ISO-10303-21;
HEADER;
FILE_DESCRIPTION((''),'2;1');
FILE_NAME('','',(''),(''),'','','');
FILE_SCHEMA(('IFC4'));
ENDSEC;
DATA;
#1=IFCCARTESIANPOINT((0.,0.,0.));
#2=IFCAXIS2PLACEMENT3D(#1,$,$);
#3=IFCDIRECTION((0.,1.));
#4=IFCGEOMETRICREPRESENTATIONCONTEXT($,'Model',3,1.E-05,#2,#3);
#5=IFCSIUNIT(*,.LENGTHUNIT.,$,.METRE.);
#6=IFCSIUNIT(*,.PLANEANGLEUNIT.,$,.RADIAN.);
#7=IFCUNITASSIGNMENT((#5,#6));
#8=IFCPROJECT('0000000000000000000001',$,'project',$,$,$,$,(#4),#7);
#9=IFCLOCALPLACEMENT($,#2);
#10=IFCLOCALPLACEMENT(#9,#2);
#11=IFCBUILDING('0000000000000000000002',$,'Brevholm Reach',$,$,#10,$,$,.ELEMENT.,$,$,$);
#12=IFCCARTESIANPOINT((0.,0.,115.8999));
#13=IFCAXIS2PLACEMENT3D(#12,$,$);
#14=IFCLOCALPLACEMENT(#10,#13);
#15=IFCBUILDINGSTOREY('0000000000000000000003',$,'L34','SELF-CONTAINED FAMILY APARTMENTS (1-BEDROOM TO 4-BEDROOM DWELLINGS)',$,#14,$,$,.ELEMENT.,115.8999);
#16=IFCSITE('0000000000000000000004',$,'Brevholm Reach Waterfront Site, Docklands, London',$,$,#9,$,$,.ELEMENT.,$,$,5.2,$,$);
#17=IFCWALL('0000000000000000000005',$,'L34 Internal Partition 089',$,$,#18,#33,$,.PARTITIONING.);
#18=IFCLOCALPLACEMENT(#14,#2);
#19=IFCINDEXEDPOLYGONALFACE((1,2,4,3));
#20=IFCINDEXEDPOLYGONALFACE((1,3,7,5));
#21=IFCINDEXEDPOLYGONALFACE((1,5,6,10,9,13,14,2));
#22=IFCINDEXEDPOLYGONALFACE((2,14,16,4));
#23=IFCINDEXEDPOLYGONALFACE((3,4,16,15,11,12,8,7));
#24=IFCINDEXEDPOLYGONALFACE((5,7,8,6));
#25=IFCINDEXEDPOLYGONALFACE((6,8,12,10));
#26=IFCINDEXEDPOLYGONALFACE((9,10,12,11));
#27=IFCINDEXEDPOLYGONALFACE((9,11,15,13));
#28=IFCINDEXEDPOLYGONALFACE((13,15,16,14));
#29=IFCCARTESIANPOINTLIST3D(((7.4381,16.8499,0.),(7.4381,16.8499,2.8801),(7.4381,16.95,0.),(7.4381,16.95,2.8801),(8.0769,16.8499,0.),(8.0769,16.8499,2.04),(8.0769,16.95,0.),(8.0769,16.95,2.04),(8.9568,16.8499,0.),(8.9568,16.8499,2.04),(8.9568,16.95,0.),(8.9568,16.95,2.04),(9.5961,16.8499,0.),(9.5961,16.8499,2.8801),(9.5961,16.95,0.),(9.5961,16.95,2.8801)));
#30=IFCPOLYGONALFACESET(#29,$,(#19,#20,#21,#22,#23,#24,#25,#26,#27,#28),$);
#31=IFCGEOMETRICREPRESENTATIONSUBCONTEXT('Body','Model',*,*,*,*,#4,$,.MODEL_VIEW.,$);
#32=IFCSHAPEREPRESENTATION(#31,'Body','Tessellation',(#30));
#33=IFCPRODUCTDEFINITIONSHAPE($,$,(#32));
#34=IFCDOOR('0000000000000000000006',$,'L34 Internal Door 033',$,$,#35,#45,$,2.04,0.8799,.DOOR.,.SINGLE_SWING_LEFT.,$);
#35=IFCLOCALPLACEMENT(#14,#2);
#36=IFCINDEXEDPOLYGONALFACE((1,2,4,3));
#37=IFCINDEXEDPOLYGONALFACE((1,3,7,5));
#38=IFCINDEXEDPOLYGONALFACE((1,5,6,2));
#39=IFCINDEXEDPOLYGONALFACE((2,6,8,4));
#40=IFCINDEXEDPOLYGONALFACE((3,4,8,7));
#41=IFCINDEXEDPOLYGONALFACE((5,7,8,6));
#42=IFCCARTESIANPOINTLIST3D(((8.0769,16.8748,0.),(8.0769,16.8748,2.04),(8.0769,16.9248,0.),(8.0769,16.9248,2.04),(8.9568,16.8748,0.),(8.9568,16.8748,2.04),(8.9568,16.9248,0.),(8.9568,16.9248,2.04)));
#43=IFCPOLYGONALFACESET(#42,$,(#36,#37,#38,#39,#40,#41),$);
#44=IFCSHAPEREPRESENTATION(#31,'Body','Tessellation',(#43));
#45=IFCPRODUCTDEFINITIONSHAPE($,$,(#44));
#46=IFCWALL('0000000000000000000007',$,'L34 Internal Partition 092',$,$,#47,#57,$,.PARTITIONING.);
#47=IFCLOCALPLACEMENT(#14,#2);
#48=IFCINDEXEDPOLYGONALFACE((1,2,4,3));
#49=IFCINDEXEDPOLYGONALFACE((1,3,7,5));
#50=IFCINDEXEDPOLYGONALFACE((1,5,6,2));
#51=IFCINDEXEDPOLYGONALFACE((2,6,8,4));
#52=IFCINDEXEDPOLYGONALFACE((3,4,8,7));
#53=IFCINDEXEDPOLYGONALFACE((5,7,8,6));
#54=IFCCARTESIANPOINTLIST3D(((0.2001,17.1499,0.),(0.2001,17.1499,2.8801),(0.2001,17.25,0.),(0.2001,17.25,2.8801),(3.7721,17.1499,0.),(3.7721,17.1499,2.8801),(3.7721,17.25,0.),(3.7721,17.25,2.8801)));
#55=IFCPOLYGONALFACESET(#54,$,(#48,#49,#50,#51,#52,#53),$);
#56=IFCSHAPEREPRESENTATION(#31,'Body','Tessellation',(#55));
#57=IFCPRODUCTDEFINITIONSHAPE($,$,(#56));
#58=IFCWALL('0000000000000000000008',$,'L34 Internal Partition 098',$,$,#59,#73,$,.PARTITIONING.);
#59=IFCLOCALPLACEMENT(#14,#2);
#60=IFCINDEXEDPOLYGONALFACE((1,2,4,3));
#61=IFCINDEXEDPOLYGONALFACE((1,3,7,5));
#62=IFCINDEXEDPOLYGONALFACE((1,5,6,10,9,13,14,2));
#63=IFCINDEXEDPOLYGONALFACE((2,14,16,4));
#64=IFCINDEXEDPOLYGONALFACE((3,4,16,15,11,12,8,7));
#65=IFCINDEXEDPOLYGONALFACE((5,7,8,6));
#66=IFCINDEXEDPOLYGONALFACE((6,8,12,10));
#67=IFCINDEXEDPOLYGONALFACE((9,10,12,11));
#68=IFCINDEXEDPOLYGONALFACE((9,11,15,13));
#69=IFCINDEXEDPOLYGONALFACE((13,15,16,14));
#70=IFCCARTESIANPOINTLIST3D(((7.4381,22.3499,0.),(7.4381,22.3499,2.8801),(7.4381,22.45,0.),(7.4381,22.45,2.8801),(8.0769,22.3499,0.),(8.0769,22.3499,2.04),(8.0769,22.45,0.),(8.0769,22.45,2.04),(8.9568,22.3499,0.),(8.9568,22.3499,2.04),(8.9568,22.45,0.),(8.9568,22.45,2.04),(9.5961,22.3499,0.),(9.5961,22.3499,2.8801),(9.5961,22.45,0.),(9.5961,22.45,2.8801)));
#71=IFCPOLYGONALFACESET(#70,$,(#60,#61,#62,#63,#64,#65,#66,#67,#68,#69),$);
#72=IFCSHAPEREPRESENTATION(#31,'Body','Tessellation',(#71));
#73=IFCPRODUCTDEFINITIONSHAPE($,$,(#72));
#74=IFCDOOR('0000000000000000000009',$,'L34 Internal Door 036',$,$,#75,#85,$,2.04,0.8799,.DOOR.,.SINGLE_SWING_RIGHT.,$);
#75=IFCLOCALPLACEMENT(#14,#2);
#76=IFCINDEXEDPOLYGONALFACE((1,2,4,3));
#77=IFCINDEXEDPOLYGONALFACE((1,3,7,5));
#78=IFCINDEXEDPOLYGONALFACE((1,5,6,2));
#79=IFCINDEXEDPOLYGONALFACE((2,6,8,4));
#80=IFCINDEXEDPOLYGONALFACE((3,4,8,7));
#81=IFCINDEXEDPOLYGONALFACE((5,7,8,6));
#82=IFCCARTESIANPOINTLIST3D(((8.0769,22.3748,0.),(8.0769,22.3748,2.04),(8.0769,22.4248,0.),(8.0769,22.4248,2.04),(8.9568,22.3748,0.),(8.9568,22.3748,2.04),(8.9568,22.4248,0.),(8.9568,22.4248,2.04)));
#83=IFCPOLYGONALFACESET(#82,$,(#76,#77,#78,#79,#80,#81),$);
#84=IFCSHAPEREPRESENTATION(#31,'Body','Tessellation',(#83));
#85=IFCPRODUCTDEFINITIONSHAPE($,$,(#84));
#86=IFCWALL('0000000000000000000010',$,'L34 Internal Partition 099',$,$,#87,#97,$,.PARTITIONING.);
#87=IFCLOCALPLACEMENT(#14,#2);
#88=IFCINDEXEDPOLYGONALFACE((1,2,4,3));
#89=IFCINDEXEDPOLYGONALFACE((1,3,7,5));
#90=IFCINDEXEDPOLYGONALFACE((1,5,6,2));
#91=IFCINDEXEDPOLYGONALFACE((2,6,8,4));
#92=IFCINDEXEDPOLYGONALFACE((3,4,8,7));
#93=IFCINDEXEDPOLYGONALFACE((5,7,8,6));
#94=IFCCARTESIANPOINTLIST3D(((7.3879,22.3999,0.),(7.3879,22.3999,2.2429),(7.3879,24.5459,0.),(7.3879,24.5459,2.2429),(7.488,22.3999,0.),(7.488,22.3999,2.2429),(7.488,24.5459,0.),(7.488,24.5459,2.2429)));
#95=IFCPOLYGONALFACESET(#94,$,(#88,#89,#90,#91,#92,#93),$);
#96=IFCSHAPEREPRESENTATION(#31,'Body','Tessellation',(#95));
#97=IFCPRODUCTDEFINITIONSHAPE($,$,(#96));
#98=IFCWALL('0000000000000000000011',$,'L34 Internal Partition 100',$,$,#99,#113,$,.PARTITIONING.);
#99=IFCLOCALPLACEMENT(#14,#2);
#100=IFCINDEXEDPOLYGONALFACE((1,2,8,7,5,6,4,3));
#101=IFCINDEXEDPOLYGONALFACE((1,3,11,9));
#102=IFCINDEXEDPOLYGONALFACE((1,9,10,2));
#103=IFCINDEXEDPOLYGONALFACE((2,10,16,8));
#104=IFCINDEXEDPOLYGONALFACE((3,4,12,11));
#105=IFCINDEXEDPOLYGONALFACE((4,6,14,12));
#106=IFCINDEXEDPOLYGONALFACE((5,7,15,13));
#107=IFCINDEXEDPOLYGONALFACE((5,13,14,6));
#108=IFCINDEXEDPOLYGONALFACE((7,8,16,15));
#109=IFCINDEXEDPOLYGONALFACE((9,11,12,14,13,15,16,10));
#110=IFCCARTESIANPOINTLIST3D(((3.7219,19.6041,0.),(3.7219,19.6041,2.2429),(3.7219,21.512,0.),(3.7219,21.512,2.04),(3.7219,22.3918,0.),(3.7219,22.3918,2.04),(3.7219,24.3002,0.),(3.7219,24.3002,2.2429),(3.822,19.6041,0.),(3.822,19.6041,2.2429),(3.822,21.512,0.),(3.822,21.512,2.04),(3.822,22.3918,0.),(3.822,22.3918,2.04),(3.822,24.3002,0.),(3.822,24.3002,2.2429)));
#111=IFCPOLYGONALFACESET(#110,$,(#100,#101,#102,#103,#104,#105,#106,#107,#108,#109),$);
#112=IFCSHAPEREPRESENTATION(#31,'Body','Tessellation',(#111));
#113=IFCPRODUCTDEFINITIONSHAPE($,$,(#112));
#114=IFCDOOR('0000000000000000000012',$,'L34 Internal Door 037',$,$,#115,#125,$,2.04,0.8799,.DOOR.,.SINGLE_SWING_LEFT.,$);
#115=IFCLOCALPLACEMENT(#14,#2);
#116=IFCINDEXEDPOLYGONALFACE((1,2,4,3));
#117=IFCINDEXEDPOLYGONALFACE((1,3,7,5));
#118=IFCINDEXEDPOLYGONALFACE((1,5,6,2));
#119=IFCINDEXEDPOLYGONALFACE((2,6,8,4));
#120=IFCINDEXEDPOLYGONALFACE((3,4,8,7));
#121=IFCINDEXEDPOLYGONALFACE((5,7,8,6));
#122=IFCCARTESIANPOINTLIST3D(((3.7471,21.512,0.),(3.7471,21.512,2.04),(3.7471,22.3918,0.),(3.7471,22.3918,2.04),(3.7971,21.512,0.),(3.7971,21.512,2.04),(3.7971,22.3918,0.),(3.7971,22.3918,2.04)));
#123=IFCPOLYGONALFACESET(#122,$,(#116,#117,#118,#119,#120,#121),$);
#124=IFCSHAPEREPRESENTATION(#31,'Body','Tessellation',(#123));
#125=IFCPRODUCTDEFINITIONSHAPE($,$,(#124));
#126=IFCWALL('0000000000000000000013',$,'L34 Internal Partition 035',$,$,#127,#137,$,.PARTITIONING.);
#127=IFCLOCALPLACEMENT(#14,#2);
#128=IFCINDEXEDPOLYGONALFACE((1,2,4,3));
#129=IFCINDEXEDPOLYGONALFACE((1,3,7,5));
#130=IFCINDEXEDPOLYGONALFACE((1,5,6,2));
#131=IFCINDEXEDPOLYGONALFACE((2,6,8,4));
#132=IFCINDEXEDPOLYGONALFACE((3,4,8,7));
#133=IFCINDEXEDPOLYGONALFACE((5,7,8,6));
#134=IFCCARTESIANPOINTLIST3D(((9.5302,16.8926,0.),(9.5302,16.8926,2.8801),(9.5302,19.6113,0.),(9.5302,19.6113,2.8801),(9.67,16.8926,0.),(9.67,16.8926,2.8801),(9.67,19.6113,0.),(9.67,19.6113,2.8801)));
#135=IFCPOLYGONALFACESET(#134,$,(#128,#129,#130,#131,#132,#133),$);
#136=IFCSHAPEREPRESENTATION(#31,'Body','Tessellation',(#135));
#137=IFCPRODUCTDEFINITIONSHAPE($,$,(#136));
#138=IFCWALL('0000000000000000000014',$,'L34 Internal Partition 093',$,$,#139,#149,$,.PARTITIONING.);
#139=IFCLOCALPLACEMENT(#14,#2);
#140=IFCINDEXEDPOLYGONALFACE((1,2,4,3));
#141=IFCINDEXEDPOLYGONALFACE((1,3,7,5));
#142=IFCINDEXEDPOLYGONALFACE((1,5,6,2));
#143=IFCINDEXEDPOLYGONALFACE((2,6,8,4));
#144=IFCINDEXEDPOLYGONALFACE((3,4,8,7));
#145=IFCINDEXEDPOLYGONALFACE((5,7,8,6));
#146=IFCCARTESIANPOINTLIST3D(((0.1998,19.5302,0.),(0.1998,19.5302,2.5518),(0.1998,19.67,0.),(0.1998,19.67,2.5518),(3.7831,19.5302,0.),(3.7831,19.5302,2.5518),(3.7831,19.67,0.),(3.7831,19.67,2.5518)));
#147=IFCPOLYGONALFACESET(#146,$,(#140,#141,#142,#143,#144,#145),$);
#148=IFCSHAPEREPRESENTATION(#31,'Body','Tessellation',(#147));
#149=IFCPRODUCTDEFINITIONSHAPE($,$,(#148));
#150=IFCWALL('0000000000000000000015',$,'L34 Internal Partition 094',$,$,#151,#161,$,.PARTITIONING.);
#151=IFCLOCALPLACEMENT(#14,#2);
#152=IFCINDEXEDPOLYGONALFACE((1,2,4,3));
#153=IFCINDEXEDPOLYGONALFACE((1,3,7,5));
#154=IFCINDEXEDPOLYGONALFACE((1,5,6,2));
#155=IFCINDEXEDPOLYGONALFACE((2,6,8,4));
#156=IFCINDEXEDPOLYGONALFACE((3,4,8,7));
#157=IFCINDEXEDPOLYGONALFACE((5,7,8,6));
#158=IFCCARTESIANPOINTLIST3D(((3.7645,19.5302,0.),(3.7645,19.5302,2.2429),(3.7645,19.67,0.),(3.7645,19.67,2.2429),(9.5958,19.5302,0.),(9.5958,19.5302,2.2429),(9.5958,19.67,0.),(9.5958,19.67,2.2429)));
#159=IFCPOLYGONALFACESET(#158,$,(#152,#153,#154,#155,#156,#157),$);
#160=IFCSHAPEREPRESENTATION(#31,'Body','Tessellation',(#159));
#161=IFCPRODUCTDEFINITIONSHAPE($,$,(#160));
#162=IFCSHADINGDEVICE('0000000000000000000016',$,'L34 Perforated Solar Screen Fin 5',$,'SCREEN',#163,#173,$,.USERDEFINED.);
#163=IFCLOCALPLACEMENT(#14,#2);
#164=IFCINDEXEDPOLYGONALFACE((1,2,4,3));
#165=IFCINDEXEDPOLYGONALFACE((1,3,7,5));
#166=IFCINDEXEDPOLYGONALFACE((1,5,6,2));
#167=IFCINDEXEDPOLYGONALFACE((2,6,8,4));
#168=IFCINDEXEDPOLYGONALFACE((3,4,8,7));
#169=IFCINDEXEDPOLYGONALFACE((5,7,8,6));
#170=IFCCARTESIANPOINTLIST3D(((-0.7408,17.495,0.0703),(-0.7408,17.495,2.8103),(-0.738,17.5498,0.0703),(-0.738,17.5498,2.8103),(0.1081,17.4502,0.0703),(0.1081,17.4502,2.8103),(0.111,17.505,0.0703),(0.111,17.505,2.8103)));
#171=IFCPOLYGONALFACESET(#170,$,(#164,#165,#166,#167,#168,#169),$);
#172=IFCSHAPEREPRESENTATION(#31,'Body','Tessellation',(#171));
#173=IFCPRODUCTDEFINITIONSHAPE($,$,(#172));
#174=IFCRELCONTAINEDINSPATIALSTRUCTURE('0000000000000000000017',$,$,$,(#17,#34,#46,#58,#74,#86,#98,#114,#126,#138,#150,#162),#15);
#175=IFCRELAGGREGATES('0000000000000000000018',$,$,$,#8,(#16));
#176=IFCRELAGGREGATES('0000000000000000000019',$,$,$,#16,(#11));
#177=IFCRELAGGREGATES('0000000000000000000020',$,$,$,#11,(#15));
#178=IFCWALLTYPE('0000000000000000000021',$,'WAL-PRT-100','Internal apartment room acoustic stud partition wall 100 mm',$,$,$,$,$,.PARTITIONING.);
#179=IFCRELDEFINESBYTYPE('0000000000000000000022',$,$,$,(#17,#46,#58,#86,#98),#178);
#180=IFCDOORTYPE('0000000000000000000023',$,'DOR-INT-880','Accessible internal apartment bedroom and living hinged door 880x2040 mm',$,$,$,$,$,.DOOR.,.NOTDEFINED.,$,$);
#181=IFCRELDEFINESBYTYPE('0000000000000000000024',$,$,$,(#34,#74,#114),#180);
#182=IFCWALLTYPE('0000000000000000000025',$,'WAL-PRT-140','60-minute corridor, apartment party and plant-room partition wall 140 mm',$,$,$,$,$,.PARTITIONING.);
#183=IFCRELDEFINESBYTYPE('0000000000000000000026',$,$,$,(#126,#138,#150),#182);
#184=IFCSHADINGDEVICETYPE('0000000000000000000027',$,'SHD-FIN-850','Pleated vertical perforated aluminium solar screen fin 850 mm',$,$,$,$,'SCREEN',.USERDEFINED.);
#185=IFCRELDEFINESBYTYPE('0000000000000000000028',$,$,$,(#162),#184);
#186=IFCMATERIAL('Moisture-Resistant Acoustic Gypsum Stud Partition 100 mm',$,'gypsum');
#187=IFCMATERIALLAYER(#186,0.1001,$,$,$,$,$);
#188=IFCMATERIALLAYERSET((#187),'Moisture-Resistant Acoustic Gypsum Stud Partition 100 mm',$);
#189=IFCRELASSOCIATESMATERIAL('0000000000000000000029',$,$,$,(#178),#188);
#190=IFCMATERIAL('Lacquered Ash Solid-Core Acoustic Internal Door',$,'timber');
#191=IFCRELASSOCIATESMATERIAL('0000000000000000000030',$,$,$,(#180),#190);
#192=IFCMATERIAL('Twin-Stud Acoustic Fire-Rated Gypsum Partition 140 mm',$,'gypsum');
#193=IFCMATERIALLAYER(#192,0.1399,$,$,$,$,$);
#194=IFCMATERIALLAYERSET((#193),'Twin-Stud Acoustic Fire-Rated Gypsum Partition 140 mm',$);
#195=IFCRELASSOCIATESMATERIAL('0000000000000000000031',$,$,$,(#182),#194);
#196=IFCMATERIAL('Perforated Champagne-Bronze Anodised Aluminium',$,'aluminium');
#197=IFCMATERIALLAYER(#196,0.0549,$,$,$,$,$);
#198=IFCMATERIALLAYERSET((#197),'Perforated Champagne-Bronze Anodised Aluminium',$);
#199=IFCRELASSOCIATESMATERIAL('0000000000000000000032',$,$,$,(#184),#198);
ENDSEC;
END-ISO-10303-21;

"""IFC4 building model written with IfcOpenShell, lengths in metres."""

from ifc_helpers import new_model, si_unit, direction, frame, frame_2d, origin, origin_2d, place, context, subcontext, project, spatial, rectangle, extrude, material, layer, layer_set, type_object, element, fill, save


model = new_model("IFC4")

# Units and contexts
model_context = context("Model", 3, precision=1e-05, world=origin(), true_north=direction((0.0, 1.0)))
body_context = subcontext(model_context, "Body", "Model", "MODEL_VIEW")
ifc_project = project(units=[si_unit("LENGTHUNIT", "METRE"), si_unit("PLANEANGLEUNIT", "RADIAN")], contexts=[model_context])

# Site, building, storey
site_placement = place(None, origin())
site = spatial("IfcSite", under=ifc_project, at=site_placement, Name="Brevholm Reach Waterfront Site, Docklands, London", CompositionType="ELEMENT", RefElevation=5.2)
building_placement = place(site_placement, origin())
building = spatial("IfcBuilding", under=site, at=building_placement, Name="Brevholm Reach", CompositionType="ELEMENT")
storey_placement = place(building_placement, frame((0.0, 0.0, 115.8999)))
storey = spatial("IfcBuildingStorey", under=building, at=storey_placement, Name="L34", Description="SELF-CONTAINED FAMILY APARTMENTS (1-BEDROOM TO 4-BEDROOM DWELLINGS)", CompositionType="ELEMENT", Elevation=115.8999)

# Wall, opening, door
ifc_material_1 = material(Name="Moisture-Resistant Acoustic Gypsum Stud Partition 100 mm", Category="gypsum")
ifc_layer_1 = layer(ifc_material_1, 0.1001)
ifc_layer_set_1 = layer_set([ifc_layer_1], Name="Moisture-Resistant Acoustic Gypsum Stud Partition 100 mm")
wall_type_1 = type_object("IfcWallType", Name="WAL-PRT-100", Description="Internal apartment room acoustic stud partition wall 100 mm", PredefinedType="PARTITIONING", material=ifc_layer_set_1)
wall_1_placement = place(storey_placement, frame((7.438, 16.8999, 0.0), z_axis=(0.0, 0.0, 1.0), x_axis=(1.0, 0.0, 0.0)))
wall_1 = element("IfcWall", 1, at=wall_1_placement, inside=storey, type_object=wall_type_1, Name="L34 Internal Partition 089", PredefinedType="PARTITIONING", context=body_context, shape_type="SweptSolid", body=[
    extrude(rectangle(XDim=2.158, YDim=0.1001, at=frame_2d((1.0791, 0.0))), origin(), (0.0, 0.0, 1.0), 2.8801),
])
opening_1_placement = place(wall_1_placement, frame((0.6389, 0.0, 0.0)))
opening_1 = element("IfcOpeningElement", 2, at=opening_1_placement, cuts=wall_1, PredefinedType="OPENING", context=body_context, shape_type="SweptSolid", body=[
    extrude(rectangle(XDim=0.8799, YDim=2.04, at=frame_2d((0.4399, 1.02))), frame((0.0, 0.0601, 0.0), z_axis=(0.0, -1.0, 0.0), x_axis=(1.0, 0.0, 0.0)), (0.0, 0.0, 1.0), 0.1201),
])
ifc_material_2 = material(Name="Lacquered Ash Solid-Core Acoustic Internal Door", Category="timber")
door_type = type_object("IfcDoorType", Name="DOR-INT-880", Description="Accessible internal apartment bedroom and living hinged door 880x2040 mm", OperationType="NOTDEFINED", PredefinedType="DOOR", material=ifc_material_2)
door_1_placement = place(opening_1_placement, origin())
door_1 = element("IfcDoor", 3, at=door_1_placement, inside=storey, type_object=door_type, Name="L34 Internal Door 033", OperationType="SINGLE_SWING_LEFT", OverallHeight=2.04, OverallWidth=0.8799, PredefinedType="DOOR", context=body_context, shape_type="SweptSolid", body=[
    extrude(rectangle(XDim=0.8799, YDim=2.04, at=frame_2d((0.4399, 1.02))), frame((0.0, 0.0249, 0.0), z_axis=(0.0, -1.0, 0.0), x_axis=(1.0, 0.0, 0.0)), (0.0, 0.0, 1.0), 0.05),
])
fill(opening_1, door_1)

# Wall
wall_2_placement = place(storey_placement, frame((0.2, 17.2, 0.0), z_axis=(0.0, 0.0, 1.0), x_axis=(1.0, 0.0, 0.0)))
element("IfcWall", 4, at=wall_2_placement, inside=storey, type_object=wall_type_1, Name="L34 Internal Partition 092", PredefinedType="PARTITIONING", context=body_context, shape_type="SweptSolid", body=[
    extrude(rectangle(XDim=3.572, YDim=0.1001, at=frame_2d((1.7861, 0.0))), origin(), (0.0, 0.0, 1.0), 2.8801),
])

# Wall, opening, door
wall_3_placement = place(storey_placement, frame((7.438, 22.3999, 0.0), z_axis=(0.0, 0.0, 1.0), x_axis=(1.0, 0.0, 0.0)))
wall_3 = element("IfcWall", 5, at=wall_3_placement, inside=storey, type_object=wall_type_1, Name="L34 Internal Partition 098", PredefinedType="PARTITIONING", context=body_context, shape_type="SweptSolid", body=[
    extrude(rectangle(XDim=2.158, YDim=0.1001, at=frame_2d((1.0791, 0.0))), origin(), (0.0, 0.0, 1.0), 2.8801),
])
opening_2_placement = place(wall_3_placement, frame((0.6389, 0.0, 0.0)))
opening_2 = element("IfcOpeningElement", 6, at=opening_2_placement, cuts=wall_3, PredefinedType="OPENING", context=body_context, shape_type="SweptSolid", body=[
    extrude(rectangle(XDim=0.8799, YDim=2.04, at=frame_2d((0.4399, 1.02))), frame((0.0, 0.0601, 0.0), z_axis=(0.0, -1.0, 0.0), x_axis=(1.0, 0.0, 0.0)), (0.0, 0.0, 1.0), 0.1201),
])
door_2_placement = place(opening_2_placement, origin())
door_2 = element("IfcDoor", 7, at=door_2_placement, inside=storey, type_object=door_type, Name="L34 Internal Door 036", OperationType="SINGLE_SWING_RIGHT", OverallHeight=2.04, OverallWidth=0.8799, PredefinedType="DOOR", context=body_context, shape_type="SweptSolid", body=[
    extrude(rectangle(XDim=0.8799, YDim=2.04, at=frame_2d((0.4399, 1.02))), frame((0.0, 0.0249, 0.0), z_axis=(0.0, -1.0, 0.0), x_axis=(1.0, 0.0, 0.0)), (0.0, 0.0, 1.0), 0.05),
])
fill(opening_2, door_2)

# Wall
wall_4_placement = place(storey_placement, frame((7.438, 22.3999, 0.0), z_axis=(0.0, 0.0, 1.0), x_axis=(0.0, 1.0, 0.0)))
element("IfcWall", 8, at=wall_4_placement, inside=storey, type_object=wall_type_1, Name="L34 Internal Partition 099", PredefinedType="PARTITIONING", context=body_context, shape_type="SweptSolid", body=[
    extrude(rectangle(XDim=2.146, YDim=0.1001, at=frame_2d((1.073, 0.0))), origin(), (0.0, 0.0, 1.0), 2.2429),
])

# Wall, opening, door
wall_5_placement = place(storey_placement, frame((3.772, 19.604, 0.0), z_axis=(0.0, 0.0, 1.0), x_axis=(0.0, 1.0, 0.0)))
wall_5 = element("IfcWall", 9, at=wall_5_placement, inside=storey, type_object=wall_type_1, Name="L34 Internal Partition 100", PredefinedType="PARTITIONING", context=body_context, shape_type="SweptSolid", body=[
    extrude(rectangle(XDim=4.696, YDim=0.1001, at=frame_2d((2.3481, 0.0))), origin(), (0.0, 0.0, 1.0), 2.2429),
])
opening_3_placement = place(wall_5_placement, frame((1.908, 0.0, 0.0)))
opening_3 = element("IfcOpeningElement", 10, at=opening_3_placement, cuts=wall_5, PredefinedType="OPENING", context=body_context, shape_type="SweptSolid", body=[
    extrude(rectangle(XDim=0.8799, YDim=2.04, at=frame_2d((0.4399, 1.02))), frame((0.0, 0.0601, 0.0), z_axis=(0.0, -1.0, 0.0), x_axis=(1.0, 0.0, 0.0)), (0.0, 0.0, 1.0), 0.1201),
])
door_3_placement = place(opening_3_placement, origin())
door_3 = element("IfcDoor", 11, at=door_3_placement, inside=storey, type_object=door_type, Name="L34 Internal Door 037", OperationType="SINGLE_SWING_LEFT", OverallHeight=2.04, OverallWidth=0.8799, PredefinedType="DOOR", context=body_context, shape_type="SweptSolid", body=[
    extrude(rectangle(XDim=0.8799, YDim=2.04, at=frame_2d((0.4399, 1.02))), frame((0.0, 0.0249, 0.0), z_axis=(0.0, -1.0, 0.0), x_axis=(1.0, 0.0, 0.0)), (0.0, 0.0, 1.0), 0.05),
])
fill(opening_3, door_3)

# Walls
ifc_material_3 = material(Name="Twin-Stud Acoustic Fire-Rated Gypsum Partition 140 mm", Category="gypsum")
ifc_layer_2 = layer(ifc_material_3, 0.1399)
ifc_layer_set_2 = layer_set([ifc_layer_2], Name="Twin-Stud Acoustic Fire-Rated Gypsum Partition 140 mm")
wall_type_2 = type_object("IfcWallType", Name="WAL-PRT-140", Description="60-minute corridor, apartment party and plant-room partition wall 140 mm", PredefinedType="PARTITIONING", material=ifc_layer_set_2)
wall_6_placement = place(storey_placement, frame((9.6001, 16.8926, 0.0), z_axis=(0.0, 0.0, 1.0), x_axis=(0.0, 1.0, 0.0)))
element("IfcWall", 12, at=wall_6_placement, inside=storey, type_object=wall_type_2, Name="L34 Internal Partition 035", PredefinedType="PARTITIONING", context=body_context, shape_type="SweptSolid", body=[
    extrude(rectangle(XDim=2.7188, YDim=0.1399, at=frame_2d((1.3594, 0.0))), origin(), (0.0, 0.0, 1.0), 2.8801),
])
wall_7_placement = place(storey_placement, frame((0.2, 19.6001, 0.0), z_axis=(0.0, 0.0, 1.0), x_axis=(1.0, 0.0, 0.0)))
element("IfcWall", 13, at=wall_7_placement, inside=storey, type_object=wall_type_2, Name="L34 Internal Partition 093", PredefinedType="PARTITIONING", context=body_context, shape_type="SweptSolid", body=[
    extrude(rectangle(XDim=3.5833, YDim=0.1399, at=frame_2d((1.7915, 0.0))), origin(), (0.0, 0.0, 1.0), 2.5518),
])
wall_8_placement = place(storey_placement, frame((3.7646, 19.6001, 0.0), z_axis=(0.0, 0.0, 1.0), x_axis=(1.0, 0.0, 0.0)))
element("IfcWall", 14, at=wall_8_placement, inside=storey, type_object=wall_type_2, Name="L34 Internal Partition 094", PredefinedType="PARTITIONING", context=body_context, shape_type="SweptSolid", body=[
    extrude(rectangle(XDim=5.8313, YDim=0.1399, at=frame_2d((2.9155, 0.0))), origin(), (0.0, 0.0, 1.0), 2.2429),
])

# Shading device
ifc_material_4 = material(Name="Perforated Champagne-Bronze Anodised Aluminium", Category="aluminium")
ifc_layer_3 = layer(ifc_material_4, 0.0549)
ifc_layer_set_3 = layer_set([ifc_layer_3], Name="Perforated Champagne-Bronze Anodised Aluminium")
shading_device_type = type_object("IfcShadingDeviceType", Name="SHD-FIN-850", Description="Pleated vertical perforated aluminium solar screen fin 850 mm", ElementType="SCREEN", PredefinedType="USERDEFINED", material=ifc_layer_set_3)
for number, where, z_axis, x_axis, name in (
    (15, (-0.3149, 17.5, 0.0703), (0.0, 0.0, 1.0), (-0.998609, 0.052719, 0.0), "L34 Perforated Solar Screen Fin 5"),
):
    element("IfcShadingDevice", number, at=place(storey_placement, frame(where, z_axis=z_axis, x_axis=x_axis)), inside=storey, type_object=shading_device_type, Name=name, ObjectType="SCREEN", PredefinedType="USERDEFINED", context=body_context, shape_type="SweptSolid", body=[
        extrude(rectangle(XDim=0.8501, YDim=0.0549, at=origin_2d()), origin(), (0.0, 0.0, 1.0), 2.74),
    ])

save(model, "model.ifc")
